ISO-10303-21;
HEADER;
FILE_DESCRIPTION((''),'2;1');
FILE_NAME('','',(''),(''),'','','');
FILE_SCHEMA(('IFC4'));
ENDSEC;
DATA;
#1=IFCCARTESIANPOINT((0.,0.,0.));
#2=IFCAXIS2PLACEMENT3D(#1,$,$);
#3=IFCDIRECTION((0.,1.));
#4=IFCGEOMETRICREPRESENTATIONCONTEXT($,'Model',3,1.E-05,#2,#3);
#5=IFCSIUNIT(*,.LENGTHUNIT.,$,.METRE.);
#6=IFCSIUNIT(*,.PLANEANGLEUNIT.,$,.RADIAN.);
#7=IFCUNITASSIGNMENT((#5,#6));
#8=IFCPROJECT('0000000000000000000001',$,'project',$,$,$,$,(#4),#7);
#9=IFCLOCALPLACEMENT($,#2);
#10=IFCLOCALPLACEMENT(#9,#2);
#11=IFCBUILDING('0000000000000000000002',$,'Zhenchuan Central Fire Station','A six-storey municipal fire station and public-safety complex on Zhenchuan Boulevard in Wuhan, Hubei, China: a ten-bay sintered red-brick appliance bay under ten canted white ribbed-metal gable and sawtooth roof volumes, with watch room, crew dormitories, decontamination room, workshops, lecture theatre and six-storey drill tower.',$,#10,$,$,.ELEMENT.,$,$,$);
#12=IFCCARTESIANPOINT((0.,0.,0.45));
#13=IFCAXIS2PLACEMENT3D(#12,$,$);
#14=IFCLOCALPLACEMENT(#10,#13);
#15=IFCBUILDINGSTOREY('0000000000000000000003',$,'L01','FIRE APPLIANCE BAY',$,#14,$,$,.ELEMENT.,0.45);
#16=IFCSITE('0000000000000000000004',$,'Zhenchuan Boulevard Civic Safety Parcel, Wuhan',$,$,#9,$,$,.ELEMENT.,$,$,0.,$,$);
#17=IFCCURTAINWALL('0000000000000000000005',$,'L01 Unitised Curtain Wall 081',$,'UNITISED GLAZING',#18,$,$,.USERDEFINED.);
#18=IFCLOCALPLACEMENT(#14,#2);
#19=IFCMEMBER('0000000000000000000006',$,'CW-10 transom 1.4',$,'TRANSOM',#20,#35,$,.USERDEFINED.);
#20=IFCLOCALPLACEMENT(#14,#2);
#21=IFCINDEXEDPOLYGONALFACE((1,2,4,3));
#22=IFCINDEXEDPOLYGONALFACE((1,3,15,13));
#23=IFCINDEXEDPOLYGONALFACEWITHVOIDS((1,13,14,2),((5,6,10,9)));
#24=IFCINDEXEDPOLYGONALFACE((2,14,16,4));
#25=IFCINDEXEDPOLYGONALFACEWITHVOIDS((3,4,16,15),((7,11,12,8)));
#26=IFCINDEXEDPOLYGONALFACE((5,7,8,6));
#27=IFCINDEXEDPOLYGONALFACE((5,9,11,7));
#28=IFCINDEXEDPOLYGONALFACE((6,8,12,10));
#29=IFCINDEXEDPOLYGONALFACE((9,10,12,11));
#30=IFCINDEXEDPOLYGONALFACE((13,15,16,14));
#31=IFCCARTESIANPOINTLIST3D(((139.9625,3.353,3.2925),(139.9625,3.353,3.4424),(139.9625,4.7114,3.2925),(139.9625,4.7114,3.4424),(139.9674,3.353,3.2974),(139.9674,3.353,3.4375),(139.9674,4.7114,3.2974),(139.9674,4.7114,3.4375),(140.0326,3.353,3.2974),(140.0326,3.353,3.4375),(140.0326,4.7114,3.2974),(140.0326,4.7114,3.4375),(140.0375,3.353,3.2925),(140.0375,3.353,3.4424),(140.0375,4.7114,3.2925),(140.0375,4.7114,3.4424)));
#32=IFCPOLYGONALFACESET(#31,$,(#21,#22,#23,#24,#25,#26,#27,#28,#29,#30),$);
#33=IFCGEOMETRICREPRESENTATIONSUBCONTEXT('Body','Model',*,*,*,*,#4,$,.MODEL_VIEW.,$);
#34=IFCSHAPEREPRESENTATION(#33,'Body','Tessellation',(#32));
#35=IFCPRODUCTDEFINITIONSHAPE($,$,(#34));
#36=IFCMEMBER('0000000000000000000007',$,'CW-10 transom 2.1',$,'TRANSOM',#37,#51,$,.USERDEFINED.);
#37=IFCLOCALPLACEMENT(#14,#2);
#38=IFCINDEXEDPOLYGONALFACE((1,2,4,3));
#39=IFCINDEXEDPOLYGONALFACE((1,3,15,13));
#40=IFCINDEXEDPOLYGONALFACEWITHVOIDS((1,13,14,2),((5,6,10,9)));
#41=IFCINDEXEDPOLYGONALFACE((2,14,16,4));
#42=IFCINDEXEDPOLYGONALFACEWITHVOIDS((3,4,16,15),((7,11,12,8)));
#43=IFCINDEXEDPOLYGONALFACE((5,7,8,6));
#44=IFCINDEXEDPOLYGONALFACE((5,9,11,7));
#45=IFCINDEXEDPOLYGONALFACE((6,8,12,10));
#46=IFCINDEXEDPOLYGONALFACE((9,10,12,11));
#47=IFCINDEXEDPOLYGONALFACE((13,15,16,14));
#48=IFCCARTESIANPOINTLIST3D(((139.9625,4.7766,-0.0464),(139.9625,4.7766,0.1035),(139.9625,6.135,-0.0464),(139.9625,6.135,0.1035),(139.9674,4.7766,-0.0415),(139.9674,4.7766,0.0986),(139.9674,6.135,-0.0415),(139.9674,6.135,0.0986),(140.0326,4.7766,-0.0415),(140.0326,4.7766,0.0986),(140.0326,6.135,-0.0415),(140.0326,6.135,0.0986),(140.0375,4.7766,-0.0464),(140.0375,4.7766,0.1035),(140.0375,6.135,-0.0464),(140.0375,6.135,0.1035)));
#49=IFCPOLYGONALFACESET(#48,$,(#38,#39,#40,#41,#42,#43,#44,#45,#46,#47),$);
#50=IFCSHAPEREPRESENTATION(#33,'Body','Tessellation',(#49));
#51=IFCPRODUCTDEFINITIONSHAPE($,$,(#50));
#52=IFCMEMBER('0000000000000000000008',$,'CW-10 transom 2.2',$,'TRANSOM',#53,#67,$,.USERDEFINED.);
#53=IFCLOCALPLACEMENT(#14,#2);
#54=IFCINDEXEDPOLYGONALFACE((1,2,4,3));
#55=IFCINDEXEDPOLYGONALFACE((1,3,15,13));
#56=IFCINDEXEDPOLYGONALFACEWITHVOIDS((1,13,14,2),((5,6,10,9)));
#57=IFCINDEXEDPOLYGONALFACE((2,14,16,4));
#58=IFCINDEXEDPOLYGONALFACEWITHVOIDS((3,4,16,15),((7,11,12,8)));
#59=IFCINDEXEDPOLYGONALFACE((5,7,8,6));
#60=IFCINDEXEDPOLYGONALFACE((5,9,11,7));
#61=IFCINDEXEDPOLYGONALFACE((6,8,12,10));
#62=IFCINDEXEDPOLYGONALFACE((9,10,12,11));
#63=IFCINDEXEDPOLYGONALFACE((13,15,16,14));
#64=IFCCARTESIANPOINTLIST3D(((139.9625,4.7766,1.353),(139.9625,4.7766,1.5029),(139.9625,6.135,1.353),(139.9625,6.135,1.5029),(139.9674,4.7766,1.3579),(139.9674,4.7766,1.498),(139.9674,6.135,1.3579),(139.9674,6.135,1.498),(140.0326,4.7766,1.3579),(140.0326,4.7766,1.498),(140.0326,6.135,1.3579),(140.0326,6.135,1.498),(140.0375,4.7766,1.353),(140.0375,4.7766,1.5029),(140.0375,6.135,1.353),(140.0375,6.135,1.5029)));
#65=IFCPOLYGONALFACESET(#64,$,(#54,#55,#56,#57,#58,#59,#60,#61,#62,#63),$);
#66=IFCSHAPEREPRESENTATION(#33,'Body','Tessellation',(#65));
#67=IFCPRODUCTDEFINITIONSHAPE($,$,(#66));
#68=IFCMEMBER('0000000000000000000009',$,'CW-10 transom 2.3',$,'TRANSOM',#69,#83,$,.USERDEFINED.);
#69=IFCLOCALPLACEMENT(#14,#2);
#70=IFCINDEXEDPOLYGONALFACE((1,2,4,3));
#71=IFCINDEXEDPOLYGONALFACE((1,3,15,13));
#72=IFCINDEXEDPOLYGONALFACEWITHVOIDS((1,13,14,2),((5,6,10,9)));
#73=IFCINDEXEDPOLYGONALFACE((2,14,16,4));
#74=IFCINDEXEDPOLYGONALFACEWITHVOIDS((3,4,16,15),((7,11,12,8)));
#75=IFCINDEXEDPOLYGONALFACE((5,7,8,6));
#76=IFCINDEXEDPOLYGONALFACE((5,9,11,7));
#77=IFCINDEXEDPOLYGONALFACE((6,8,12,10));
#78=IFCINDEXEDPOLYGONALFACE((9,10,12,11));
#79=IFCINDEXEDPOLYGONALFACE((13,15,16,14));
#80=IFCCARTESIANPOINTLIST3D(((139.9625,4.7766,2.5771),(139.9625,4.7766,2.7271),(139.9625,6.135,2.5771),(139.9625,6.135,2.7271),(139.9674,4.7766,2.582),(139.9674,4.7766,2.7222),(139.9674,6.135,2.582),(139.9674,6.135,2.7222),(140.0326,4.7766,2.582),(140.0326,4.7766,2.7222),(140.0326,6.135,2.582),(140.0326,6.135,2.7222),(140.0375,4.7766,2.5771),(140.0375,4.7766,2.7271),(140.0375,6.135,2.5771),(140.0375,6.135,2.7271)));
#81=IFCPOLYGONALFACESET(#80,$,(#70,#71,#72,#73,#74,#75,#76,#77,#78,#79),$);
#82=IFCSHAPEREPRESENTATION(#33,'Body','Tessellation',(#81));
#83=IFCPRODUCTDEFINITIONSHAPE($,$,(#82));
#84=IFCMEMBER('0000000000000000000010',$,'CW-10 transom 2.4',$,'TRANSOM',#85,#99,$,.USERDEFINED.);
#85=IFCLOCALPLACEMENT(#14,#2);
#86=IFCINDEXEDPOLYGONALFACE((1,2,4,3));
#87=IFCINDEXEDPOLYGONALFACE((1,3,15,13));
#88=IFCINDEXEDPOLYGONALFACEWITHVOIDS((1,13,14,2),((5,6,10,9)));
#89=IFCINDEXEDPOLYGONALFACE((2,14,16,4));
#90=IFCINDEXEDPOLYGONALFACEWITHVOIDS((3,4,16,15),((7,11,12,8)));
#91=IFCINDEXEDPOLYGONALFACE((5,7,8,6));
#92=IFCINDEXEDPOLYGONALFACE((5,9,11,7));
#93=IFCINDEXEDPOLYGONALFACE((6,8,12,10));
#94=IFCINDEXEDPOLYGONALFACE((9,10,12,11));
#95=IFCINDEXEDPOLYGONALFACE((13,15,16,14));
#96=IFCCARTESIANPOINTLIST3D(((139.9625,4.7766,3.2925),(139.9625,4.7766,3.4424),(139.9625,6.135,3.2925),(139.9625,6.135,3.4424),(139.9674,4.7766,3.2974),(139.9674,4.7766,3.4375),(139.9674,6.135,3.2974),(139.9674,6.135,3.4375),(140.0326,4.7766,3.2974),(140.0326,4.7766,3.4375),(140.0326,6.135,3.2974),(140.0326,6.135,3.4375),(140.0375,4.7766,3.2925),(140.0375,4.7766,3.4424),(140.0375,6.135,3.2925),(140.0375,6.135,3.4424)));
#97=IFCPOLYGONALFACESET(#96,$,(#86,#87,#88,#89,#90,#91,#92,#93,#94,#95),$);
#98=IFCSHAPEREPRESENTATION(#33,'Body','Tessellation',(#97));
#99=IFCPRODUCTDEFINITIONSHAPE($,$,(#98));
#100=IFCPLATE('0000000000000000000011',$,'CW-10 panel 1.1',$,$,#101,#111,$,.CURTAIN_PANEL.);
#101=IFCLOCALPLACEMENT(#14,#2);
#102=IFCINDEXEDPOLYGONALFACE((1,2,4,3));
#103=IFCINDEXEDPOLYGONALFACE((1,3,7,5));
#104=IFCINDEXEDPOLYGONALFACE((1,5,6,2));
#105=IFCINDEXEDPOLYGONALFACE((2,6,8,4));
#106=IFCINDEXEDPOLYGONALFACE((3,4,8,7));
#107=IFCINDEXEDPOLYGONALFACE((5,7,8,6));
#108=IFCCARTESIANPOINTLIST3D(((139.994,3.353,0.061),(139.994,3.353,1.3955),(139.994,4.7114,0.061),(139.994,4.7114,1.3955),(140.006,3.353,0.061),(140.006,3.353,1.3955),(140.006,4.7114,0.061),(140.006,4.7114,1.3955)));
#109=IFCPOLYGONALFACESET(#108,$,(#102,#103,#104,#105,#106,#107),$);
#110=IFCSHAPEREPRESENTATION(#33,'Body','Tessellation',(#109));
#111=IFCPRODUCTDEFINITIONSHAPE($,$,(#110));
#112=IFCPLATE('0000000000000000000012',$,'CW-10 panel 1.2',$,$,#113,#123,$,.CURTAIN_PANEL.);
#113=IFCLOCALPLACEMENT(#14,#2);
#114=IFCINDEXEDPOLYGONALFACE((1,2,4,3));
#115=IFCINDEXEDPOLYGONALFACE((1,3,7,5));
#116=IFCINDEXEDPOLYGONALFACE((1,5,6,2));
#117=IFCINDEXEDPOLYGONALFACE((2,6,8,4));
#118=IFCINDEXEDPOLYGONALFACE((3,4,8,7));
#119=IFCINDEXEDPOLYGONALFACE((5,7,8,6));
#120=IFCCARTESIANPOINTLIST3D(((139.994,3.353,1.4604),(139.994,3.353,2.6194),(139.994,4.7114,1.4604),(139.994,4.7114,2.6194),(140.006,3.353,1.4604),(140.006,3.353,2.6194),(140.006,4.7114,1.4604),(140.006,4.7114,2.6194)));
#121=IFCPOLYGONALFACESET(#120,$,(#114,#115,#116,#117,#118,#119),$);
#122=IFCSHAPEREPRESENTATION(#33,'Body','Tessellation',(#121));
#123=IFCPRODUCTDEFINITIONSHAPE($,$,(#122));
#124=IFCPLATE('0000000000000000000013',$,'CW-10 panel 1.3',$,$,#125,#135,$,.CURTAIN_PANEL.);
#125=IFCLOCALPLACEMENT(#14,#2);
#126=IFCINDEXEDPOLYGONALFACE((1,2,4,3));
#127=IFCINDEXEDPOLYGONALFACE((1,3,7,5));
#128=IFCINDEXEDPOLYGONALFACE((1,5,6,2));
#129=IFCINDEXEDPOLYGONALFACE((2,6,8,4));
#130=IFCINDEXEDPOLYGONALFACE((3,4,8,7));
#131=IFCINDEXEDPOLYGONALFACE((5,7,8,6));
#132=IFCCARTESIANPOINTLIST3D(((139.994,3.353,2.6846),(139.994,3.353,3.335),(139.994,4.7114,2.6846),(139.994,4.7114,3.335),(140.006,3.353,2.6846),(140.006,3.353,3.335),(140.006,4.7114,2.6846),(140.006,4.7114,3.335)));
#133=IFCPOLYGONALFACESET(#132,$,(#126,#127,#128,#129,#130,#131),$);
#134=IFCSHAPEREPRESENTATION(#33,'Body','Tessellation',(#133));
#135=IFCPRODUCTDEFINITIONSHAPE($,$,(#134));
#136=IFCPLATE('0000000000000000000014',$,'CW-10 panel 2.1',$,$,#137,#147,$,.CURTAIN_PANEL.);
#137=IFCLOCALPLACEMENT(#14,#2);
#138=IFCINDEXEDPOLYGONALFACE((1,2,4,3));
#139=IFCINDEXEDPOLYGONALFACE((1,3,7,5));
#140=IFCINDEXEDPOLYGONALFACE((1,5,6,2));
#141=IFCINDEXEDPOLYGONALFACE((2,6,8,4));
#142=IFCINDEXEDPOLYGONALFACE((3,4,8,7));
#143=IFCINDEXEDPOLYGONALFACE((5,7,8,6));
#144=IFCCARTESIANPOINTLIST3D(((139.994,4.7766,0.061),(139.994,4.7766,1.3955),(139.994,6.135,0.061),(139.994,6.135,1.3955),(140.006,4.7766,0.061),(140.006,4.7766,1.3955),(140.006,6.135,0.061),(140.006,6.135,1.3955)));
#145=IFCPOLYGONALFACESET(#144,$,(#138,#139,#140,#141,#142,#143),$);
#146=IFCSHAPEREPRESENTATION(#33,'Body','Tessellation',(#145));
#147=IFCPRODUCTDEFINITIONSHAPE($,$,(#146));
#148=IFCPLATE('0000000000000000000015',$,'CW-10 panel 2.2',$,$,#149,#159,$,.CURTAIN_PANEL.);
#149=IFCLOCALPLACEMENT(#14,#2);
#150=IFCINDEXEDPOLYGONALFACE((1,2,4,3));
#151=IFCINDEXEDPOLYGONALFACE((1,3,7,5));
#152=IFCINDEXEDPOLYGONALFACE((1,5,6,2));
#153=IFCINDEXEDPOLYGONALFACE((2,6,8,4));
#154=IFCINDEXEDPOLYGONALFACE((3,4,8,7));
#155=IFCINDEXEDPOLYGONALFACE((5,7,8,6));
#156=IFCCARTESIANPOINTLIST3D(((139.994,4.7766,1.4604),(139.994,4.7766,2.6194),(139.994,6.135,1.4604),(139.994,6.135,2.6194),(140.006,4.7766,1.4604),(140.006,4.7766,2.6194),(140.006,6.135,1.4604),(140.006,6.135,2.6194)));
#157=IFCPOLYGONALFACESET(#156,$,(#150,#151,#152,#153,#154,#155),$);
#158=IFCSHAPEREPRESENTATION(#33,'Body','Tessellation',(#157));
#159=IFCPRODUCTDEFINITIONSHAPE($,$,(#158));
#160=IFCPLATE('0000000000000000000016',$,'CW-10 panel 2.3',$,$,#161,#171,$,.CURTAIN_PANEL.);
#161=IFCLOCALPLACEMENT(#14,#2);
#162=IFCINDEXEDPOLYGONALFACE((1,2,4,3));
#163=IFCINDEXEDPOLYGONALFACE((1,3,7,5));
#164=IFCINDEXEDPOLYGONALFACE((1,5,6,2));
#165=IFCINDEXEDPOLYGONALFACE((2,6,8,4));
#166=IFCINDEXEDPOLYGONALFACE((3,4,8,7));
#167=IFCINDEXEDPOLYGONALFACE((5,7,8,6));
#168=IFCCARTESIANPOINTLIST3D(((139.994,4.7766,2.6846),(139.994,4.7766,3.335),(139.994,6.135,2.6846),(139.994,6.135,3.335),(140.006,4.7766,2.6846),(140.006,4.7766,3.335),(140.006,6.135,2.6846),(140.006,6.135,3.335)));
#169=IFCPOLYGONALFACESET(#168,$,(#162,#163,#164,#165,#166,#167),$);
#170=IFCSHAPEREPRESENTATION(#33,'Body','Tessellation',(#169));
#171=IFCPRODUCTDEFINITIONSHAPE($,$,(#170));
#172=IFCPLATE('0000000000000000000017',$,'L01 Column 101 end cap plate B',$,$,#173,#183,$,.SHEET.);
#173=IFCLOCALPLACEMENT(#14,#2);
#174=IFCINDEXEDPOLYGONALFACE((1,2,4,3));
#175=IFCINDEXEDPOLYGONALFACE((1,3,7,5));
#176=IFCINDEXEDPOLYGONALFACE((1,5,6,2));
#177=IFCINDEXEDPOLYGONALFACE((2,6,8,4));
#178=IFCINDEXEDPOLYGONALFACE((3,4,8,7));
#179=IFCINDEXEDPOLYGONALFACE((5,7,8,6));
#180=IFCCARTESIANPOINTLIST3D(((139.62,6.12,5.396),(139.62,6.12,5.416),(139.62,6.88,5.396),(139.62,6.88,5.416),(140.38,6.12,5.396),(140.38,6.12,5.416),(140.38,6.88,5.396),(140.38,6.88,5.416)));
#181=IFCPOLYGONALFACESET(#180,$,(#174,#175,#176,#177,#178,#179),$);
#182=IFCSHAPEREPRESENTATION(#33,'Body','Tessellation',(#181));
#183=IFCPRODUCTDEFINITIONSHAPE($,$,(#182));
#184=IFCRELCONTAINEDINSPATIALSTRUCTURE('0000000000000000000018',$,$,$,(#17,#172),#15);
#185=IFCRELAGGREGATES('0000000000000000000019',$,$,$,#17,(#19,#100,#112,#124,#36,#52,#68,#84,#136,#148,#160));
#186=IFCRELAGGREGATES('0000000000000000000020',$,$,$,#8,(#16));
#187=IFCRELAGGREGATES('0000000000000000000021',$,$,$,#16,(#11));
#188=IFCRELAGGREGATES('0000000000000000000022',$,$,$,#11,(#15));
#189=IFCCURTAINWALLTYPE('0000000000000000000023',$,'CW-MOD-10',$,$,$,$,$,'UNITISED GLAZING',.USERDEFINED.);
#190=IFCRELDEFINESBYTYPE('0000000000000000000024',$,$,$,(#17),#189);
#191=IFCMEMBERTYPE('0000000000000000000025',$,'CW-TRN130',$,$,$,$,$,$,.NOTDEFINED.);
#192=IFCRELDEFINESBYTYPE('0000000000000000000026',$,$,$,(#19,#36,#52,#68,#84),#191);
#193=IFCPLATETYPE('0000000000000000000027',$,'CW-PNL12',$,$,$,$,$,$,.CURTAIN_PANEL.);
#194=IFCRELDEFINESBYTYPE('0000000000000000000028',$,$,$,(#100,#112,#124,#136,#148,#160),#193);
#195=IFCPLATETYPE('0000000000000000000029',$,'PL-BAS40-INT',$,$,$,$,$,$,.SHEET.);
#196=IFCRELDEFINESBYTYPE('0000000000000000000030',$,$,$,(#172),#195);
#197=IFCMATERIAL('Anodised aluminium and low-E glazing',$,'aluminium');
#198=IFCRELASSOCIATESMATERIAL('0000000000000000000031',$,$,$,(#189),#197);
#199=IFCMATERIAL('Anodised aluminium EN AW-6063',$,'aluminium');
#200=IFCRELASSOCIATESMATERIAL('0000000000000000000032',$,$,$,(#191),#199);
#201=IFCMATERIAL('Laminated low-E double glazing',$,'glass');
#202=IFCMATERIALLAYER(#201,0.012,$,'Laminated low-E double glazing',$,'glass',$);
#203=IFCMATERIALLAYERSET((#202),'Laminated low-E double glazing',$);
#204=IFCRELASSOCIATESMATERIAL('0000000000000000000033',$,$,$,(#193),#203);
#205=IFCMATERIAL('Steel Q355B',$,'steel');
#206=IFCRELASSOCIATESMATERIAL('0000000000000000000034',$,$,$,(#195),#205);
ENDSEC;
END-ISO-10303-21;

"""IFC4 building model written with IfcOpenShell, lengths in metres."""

from ifc_helpers import new_model, si_unit, direction, frame, origin, origin_2d, place, context, subcontext, project, spatial, rectangle, hollow_rectangle, extrude, material, layer, layer_set, material_profile, profile_set, type_object, element, aggregate, save


model = new_model("IFC4")

# Units and contexts
model_context = context("Model", 3, precision=1e-05, world=origin(), true_north=direction((0.0, 1.0)))
body_context = subcontext(model_context, "Body", "Model", "MODEL_VIEW")
ifc_project = project(units=[si_unit("LENGTHUNIT", "METRE"), si_unit("PLANEANGLEUNIT", "RADIAN")], contexts=[model_context])

# Site, building, storey
site_placement = place(None, origin())
site = spatial("IfcSite", under=ifc_project, at=site_placement, Name="Zhenchuan Boulevard Civic Safety Parcel, Wuhan", CompositionType="ELEMENT", RefElevation=0.0)
building_placement = place(site_placement, origin())
building = spatial("IfcBuilding", under=site, at=building_placement, Name="Zhenchuan Central Fire Station", Description="A six-storey municipal fire station and public-safety complex on Zhenchuan Boulevard in Wuhan, Hubei, China: a ten-bay sintered red-brick appliance bay under ten canted white ribbed-metal gable and sawtooth roof volumes, with watch room, crew dormitories, decontamination room, workshops, lecture theatre and six-storey drill tower.", CompositionType="ELEMENT")
storey_placement = place(building_placement, frame((0.0, 0.0, 0.45)))
storey = spatial("IfcBuildingStorey", under=building, at=storey_placement, Name="L01", Description="FIRE APPLIANCE BAY", CompositionType="ELEMENT", Elevation=0.45)

# Shared definitions
ifc_material_1 = material(Name="Steel Q355B", Category="steel")

# Curtain wall, members, plates
ifc_material_2 = material(Name="Anodised aluminium and low-E glazing", Category="aluminium")
curtain_wall_type = type_object("IfcCurtainWallType", Name="CW-MOD-10", ElementType="UNITISED GLAZING", PredefinedType="USERDEFINED", material=ifc_material_2)
curtain_wall_placement = place(storey_placement, origin())
curtain_wall = element("IfcCurtainWall", 1, at=curtain_wall_placement, inside=storey, type_object=curtain_wall_type, Name="L01 Unitised Curtain Wall 081", ObjectType="UNITISED GLAZING", PredefinedType="USERDEFINED")
ifc_material_3 = material(Name="Anodised aluminium EN AW-6063", Category="aluminium")
ifc_material_profile_1 = material_profile(ifc_material_3, hollow_rectangle(XDim=0.075, YDim=0.1499, WallThickness=0.0049, at=origin_2d()), Name="ALU-T 150x75")
ifc_profile_set_1 = profile_set([ifc_material_profile_1], Name="Anodised aluminium EN AW-6063")
member_type_1 = type_object("IfcMemberType", Name="CW-TRN130", PredefinedType="NOTDEFINED", material=ifc_profile_set_1)
member_1_placement = place(storey_placement, frame((140.0, 3.353, 3.3674), z_axis=(0.0, 1.0, 0.0), x_axis=(-1.0, 0.0, 0.0)))
member_1 = element("IfcMember", 2, at=member_1_placement, type_object=member_type_1, Name="CW-10 transom 1.4", ObjectType="TRANSOM", PredefinedType="USERDEFINED", context=body_context, shape_type="SweptSolid", body=[
    extrude(hollow_rectangle(XDim=0.075, YDim=0.1499, WallThickness=0.0049, at=origin_2d()), origin(), (0.0, 0.0, 1.0), 1.3584),
])
member_2_placement = place(storey_placement, frame((140.0, 4.7766, 0.0286), z_axis=(0.0, 1.0, 0.0), x_axis=(-1.0, 0.0, 0.0)))
member_2 = element("IfcMember", 3, at=member_2_placement, type_object=member_type_1, Name="CW-10 transom 2.1", ObjectType="TRANSOM", PredefinedType="USERDEFINED", context=body_context, shape_type="SweptSolid", body=[
    extrude(hollow_rectangle(XDim=0.075, YDim=0.1499, WallThickness=0.0049, at=origin_2d()), origin(), (0.0, 0.0, 1.0), 1.3584),
])
member_3_placement = place(storey_placement, frame((140.0, 4.7766, 1.428), z_axis=(0.0, 1.0, 0.0), x_axis=(-1.0, 0.0, 0.0)))
member_3 = element("IfcMember", 4, at=member_3_placement, type_object=member_type_1, Name="CW-10 transom 2.2", ObjectType="TRANSOM", PredefinedType="USERDEFINED", context=body_context, shape_type="SweptSolid", body=[
    extrude(hollow_rectangle(XDim=0.075, YDim=0.1499, WallThickness=0.0049, at=origin_2d()), origin(), (0.0, 0.0, 1.0), 1.3584),
])
member_4_placement = place(storey_placement, frame((140.0, 4.7766, 2.6521), z_axis=(0.0, 1.0, 0.0), x_axis=(-1.0, 0.0, 0.0)))
member_4 = element("IfcMember", 5, at=member_4_placement, type_object=member_type_1, Name="CW-10 transom 2.3", ObjectType="TRANSOM", PredefinedType="USERDEFINED", context=body_context, shape_type="SweptSolid", body=[
    extrude(hollow_rectangle(XDim=0.075, YDim=0.1499, WallThickness=0.0049, at=origin_2d()), origin(), (0.0, 0.0, 1.0), 1.3584),
])
member_5_placement = place(storey_placement, frame((140.0, 4.7766, 3.3674), z_axis=(0.0, 1.0, 0.0), x_axis=(-1.0, 0.0, 0.0)))
member_5 = element("IfcMember", 6, at=member_5_placement, type_object=member_type_1, Name="CW-10 transom 2.4", ObjectType="TRANSOM", PredefinedType="USERDEFINED", context=body_context, shape_type="SweptSolid", body=[
    extrude(hollow_rectangle(XDim=0.075, YDim=0.1499, WallThickness=0.0049, at=origin_2d()), origin(), (0.0, 0.0, 1.0), 1.3584),
])
ifc_material_4 = material(Name="Laminated low-E double glazing", Category="glass")
ifc_layer = layer(ifc_material_4, 0.012, Name="Laminated low-E double glazing", Category="glass")
ifc_layer_set = layer_set([ifc_layer], Name="Laminated low-E double glazing")
plate_type_1 = type_object("IfcPlateType", Name="CW-PNL12", PredefinedType="CURTAIN_PANEL", material=ifc_layer_set)
plate_1_placement = place(storey_placement, frame((140.0, 4.0322, 0.061), z_axis=(0.0, 0.0, 1.0), x_axis=(0.0, 1.0, 0.0)))
plate_1 = element("IfcPlate", 7, at=plate_1_placement, type_object=plate_type_1, Name="CW-10 panel 1.1", PredefinedType="CURTAIN_PANEL", context=body_context, shape_type="SweptSolid", body=[
    extrude(rectangle(XDim=1.3584, YDim=0.012, at=origin_2d()), origin(), (0.0, 0.0, 1.0), 1.3345),
])
plate_2_placement = place(storey_placement, frame((140.0, 4.0322, 1.4604), z_axis=(0.0, 0.0, 1.0), x_axis=(0.0, 1.0, 0.0)))
plate_2 = element("IfcPlate", 8, at=plate_2_placement, type_object=plate_type_1, Name="CW-10 panel 1.2", PredefinedType="CURTAIN_PANEL", context=body_context, shape_type="SweptSolid", body=[
    extrude(rectangle(XDim=1.3584, YDim=0.012, at=origin_2d()), origin(), (0.0, 0.0, 1.0), 1.1589),
])
plate_3_placement = place(storey_placement, frame((140.0, 4.0322, 2.6846), z_axis=(0.0, 0.0, 1.0), x_axis=(0.0, 1.0, 0.0)))
plate_3 = element("IfcPlate", 9, at=plate_3_placement, type_object=plate_type_1, Name="CW-10 panel 1.3", PredefinedType="CURTAIN_PANEL", context=body_context, shape_type="SweptSolid", body=[
    extrude(rectangle(XDim=1.3584, YDim=0.012, at=origin_2d()), origin(), (0.0, 0.0, 1.0), 0.6504),
])
plate_4_placement = place(storey_placement, frame((140.0, 5.4558, 0.061), z_axis=(0.0, 0.0, 1.0), x_axis=(0.0, 1.0, 0.0)))
plate_4 = element("IfcPlate", 10, at=plate_4_placement, type_object=plate_type_1, Name="CW-10 panel 2.1", PredefinedType="CURTAIN_PANEL", context=body_context, shape_type="SweptSolid", body=[
    extrude(rectangle(XDim=1.3584, YDim=0.012, at=origin_2d()), origin(), (0.0, 0.0, 1.0), 1.3345),
])
plate_5_placement = place(storey_placement, frame((140.0, 5.4558, 1.4604), z_axis=(0.0, 0.0, 1.0), x_axis=(0.0, 1.0, 0.0)))
plate_5 = element("IfcPlate", 11, at=plate_5_placement, type_object=plate_type_1, Name="CW-10 panel 2.2", PredefinedType="CURTAIN_PANEL", context=body_context, shape_type="SweptSolid", body=[
    extrude(rectangle(XDim=1.3584, YDim=0.012, at=origin_2d()), origin(), (0.0, 0.0, 1.0), 1.1589),
])
plate_6_placement = place(storey_placement, frame((140.0, 5.4558, 2.6846), z_axis=(0.0, 0.0, 1.0), x_axis=(0.0, 1.0, 0.0)))
plate_6 = element("IfcPlate", 12, at=plate_6_placement, type_object=plate_type_1, Name="CW-10 panel 2.3", PredefinedType="CURTAIN_PANEL", context=body_context, shape_type="SweptSolid", body=[
    extrude(rectangle(XDim=1.3584, YDim=0.012, at=origin_2d()), origin(), (0.0, 0.0, 1.0), 0.6504),
])
aggregate(curtain_wall, [member_1, plate_1, plate_2, plate_3, member_2, member_3, member_4, member_5, plate_4, plate_5, plate_6])

# Plate
ifc_material_profile_2 = material_profile(ifc_material_1, rectangle(XDim=0.76, YDim=0.76, at=origin_2d()), Name="PL 760x760x40")
ifc_profile_set_2 = profile_set([ifc_material_profile_2], Name="Steel Q355B")
plate_type_2 = type_object("IfcPlateType", Name="PL-BAS40-INT", PredefinedType="SHEET", material=ifc_profile_set_2)
plate_7_placement = place(storey_placement, frame((140.0, 6.5, 5.396), z_axis=(0.0, 0.0, 1.0), x_axis=(1.0, 0.0, 0.0)))
element("IfcPlate", 13, at=plate_7_placement, inside=storey, type_object=plate_type_2, Name="L01 Column 101 end cap plate B", PredefinedType="SHEET", context=body_context, shape_type="SweptSolid", body=[
    extrude(rectangle(XDim=0.76, YDim=0.76, at=origin_2d()), origin(), (0.0, 0.0, 1.0), 0.02),
])

save(model, "model.ifc")
